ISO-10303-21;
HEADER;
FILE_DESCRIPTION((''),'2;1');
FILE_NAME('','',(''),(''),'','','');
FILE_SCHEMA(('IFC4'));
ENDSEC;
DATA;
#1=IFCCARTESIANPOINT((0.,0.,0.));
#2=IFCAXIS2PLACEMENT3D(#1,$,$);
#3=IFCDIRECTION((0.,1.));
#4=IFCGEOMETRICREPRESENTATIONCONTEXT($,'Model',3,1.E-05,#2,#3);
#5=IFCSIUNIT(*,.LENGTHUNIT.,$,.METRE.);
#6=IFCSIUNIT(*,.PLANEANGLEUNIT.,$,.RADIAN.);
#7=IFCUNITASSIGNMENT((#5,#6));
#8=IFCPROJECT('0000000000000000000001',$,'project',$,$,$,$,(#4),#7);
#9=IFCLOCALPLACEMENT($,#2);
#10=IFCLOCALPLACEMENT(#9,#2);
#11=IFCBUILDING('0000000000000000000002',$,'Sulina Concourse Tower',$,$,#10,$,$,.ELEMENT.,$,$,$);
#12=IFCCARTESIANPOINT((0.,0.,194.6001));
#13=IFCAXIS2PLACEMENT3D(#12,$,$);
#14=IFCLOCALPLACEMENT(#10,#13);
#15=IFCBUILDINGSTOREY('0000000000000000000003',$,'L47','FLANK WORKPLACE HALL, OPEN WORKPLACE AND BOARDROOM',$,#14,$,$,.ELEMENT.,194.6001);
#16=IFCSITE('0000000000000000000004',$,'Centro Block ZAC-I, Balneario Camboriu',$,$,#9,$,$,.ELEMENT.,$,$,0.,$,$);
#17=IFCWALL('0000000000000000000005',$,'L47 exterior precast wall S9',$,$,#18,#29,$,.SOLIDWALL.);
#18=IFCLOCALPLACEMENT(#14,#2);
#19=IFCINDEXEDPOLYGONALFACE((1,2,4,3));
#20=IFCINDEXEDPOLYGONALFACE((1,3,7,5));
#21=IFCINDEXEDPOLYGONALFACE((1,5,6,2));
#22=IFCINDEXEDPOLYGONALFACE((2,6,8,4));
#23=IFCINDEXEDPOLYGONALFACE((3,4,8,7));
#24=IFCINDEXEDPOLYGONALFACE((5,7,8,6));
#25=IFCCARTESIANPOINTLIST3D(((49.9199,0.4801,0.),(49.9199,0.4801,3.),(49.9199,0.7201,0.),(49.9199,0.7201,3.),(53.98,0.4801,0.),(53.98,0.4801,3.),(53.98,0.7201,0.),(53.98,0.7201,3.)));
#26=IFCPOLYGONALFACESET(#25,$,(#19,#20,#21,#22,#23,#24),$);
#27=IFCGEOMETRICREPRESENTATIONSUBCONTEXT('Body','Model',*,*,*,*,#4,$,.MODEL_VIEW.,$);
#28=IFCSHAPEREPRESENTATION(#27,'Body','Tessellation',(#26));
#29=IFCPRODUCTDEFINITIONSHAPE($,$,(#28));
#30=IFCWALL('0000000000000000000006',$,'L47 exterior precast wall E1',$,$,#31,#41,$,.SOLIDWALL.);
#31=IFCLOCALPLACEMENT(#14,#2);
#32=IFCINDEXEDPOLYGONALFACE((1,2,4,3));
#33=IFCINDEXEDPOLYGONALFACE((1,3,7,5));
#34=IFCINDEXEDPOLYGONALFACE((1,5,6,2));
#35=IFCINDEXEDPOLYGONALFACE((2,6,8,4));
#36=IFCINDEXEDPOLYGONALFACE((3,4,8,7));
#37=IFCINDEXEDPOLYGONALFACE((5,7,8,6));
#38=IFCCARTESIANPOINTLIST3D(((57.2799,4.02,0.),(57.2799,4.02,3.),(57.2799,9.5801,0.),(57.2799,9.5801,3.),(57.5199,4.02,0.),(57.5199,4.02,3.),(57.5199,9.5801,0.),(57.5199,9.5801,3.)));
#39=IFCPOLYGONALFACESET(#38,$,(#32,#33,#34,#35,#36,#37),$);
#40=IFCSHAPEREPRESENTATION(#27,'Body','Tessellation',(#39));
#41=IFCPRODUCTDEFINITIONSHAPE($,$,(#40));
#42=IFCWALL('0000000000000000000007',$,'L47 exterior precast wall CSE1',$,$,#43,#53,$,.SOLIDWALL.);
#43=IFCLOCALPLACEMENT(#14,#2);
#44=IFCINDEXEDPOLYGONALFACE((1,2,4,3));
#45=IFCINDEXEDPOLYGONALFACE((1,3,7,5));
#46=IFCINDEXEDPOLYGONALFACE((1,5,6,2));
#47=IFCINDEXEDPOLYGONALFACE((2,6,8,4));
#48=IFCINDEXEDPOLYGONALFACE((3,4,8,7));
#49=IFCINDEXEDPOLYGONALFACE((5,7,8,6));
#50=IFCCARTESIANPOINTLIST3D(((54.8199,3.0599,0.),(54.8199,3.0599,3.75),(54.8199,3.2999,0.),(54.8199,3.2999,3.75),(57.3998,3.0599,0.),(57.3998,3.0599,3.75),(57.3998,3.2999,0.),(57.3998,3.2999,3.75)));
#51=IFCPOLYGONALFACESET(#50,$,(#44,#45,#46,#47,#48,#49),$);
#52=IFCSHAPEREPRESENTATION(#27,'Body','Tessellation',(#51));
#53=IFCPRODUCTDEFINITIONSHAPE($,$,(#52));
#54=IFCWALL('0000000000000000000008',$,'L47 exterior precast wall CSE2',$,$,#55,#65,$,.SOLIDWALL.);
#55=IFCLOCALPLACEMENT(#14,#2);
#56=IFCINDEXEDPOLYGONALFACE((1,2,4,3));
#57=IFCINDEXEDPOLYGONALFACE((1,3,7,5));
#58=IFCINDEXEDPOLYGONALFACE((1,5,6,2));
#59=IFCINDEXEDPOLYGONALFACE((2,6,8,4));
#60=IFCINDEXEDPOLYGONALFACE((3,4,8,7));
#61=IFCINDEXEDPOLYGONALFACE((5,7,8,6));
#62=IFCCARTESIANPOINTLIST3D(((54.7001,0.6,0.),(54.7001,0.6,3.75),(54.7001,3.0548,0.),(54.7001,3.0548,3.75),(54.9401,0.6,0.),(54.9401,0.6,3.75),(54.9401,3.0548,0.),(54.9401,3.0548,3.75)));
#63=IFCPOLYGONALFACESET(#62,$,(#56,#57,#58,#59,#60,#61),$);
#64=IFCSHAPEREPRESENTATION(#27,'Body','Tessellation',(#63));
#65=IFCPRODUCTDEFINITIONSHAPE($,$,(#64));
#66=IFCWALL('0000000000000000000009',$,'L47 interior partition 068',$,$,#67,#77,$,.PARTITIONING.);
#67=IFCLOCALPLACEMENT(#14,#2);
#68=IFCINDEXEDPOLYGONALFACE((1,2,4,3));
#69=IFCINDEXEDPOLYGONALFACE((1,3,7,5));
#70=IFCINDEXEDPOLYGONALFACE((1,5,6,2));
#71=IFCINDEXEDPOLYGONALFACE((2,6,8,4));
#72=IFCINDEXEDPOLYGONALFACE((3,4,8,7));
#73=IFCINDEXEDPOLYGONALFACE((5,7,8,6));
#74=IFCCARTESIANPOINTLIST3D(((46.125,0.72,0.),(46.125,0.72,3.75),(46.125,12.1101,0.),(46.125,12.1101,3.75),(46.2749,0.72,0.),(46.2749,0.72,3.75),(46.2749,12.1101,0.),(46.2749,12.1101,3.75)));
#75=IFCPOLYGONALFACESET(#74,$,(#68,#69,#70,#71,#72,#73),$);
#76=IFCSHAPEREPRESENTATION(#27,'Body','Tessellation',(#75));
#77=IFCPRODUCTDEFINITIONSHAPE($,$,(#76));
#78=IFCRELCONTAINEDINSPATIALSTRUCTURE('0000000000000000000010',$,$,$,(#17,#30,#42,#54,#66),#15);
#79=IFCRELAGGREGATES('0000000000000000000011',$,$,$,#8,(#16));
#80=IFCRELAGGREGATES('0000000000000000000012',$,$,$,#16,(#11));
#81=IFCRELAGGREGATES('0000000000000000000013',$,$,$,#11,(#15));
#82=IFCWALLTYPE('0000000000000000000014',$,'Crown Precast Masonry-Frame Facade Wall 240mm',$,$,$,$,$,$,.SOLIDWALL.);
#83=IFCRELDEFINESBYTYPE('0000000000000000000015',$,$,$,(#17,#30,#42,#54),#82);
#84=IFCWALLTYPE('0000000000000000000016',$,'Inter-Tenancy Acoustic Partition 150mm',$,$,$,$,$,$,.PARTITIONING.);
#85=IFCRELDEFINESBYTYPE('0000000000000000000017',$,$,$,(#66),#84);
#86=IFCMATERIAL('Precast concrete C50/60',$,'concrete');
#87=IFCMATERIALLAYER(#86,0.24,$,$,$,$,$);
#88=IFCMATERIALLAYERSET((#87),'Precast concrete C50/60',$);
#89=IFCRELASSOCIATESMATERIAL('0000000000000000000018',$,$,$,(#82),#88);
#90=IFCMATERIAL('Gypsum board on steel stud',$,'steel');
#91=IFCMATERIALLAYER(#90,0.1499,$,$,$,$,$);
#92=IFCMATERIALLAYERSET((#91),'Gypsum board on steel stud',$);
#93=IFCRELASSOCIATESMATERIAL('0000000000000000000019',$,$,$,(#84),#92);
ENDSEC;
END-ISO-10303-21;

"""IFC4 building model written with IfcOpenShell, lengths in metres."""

from ifc_helpers import new_model, si_unit, direction, frame, frame_2d, origin, place, context, subcontext, project, spatial, rectangle, extrude, material, layer, layer_set, type_object, element, save


model = new_model("IFC4")

# Units and contexts
model_context = context("Model", 3, precision=1e-05, world=origin(), true_north=direction((0.0, 1.0)))
body_context = subcontext(model_context, "Body", "Model", "MODEL_VIEW")
ifc_project = project(units=[si_unit("LENGTHUNIT", "METRE"), si_unit("PLANEANGLEUNIT", "RADIAN")], contexts=[model_context])

# Site, building, storey
site_placement = place(None, origin())
site = spatial("IfcSite", under=ifc_project, at=site_placement, Name="Centro Block ZAC-I, Balneario Camboriu", CompositionType="ELEMENT", RefElevation=0.0)
building_placement = place(site_placement, origin())
building = spatial("IfcBuilding", under=site, at=building_placement, Name="Sulina Concourse Tower", CompositionType="ELEMENT")
storey_placement = place(building_placement, frame((0.0, 0.0, 194.6001)))
storey = spatial("IfcBuildingStorey", under=building, at=storey_placement, Name="L47", Description="FLANK WORKPLACE HALL, OPEN WORKPLACE AND BOARDROOM", CompositionType="ELEMENT", Elevation=194.6001)

# Walls
ifc_material_1 = material(Name="Precast concrete C50/60", Category="concrete")
ifc_layer_1 = layer(ifc_material_1, 0.24)
ifc_layer_set_1 = layer_set([ifc_layer_1], Name="Precast concrete C50/60")
wall_type_1 = type_object("IfcWallType", Name="Crown Precast Masonry-Frame Facade Wall 240mm", PredefinedType="SOLIDWALL", material=ifc_layer_set_1)
wall_1_placement = place(storey_placement, frame((53.98, 0.6001, 0.0), z_axis=(0.0, 0.0, 1.0), x_axis=(-1.0, 0.0, 0.0)))
element("IfcWall", 1, at=wall_1_placement, inside=storey, type_object=wall_type_1, Name="L47 exterior precast wall S9", PredefinedType="SOLIDWALL", context=body_context, shape_type="SweptSolid", body=[
    extrude(rectangle(XDim=4.0601, YDim=0.24, at=frame_2d((2.03, 0.0))), origin(), (0.0, 0.0, 1.0), 3.0),
])
wall_2_placement = place(storey_placement, frame((57.3999, 9.5801, 0.0), z_axis=(0.0, 0.0, 1.0), x_axis=(0.0, -1.0, 0.0)))
element("IfcWall", 2, at=wall_2_placement, inside=storey, type_object=wall_type_1, Name="L47 exterior precast wall E1", PredefinedType="SOLIDWALL", context=body_context, shape_type="SweptSolid", body=[
    extrude(rectangle(XDim=5.5601, YDim=0.24, at=frame_2d((2.78, 0.0))), origin(), (0.0, 0.0, 1.0), 3.0),
])
wall_3_placement = place(storey_placement, frame((57.3999, 3.1799, 0.0), z_axis=(0.0, 0.0, 1.0), x_axis=(-1.0, 0.0, 0.0)))
element("IfcWall", 3, at=wall_3_placement, inside=storey, type_object=wall_type_1, Name="L47 exterior precast wall CSE1", PredefinedType="SOLIDWALL", context=body_context, shape_type="SweptSolid", body=[
    extrude(rectangle(XDim=2.5798, YDim=0.24, at=frame_2d((1.29, 0.0))), origin(), (0.0, 0.0, 1.0), 3.75),
])
wall_4_placement = place(storey_placement, frame((54.8201, 3.0549, 0.0), z_axis=(0.0, 0.0, 1.0), x_axis=(0.0, -1.0, 0.0)))
element("IfcWall", 4, at=wall_4_placement, inside=storey, type_object=wall_type_1, Name="L47 exterior precast wall CSE2", PredefinedType="SOLIDWALL", context=body_context, shape_type="SweptSolid", body=[
    extrude(rectangle(XDim=2.4548, YDim=0.24, at=frame_2d((1.2275, 0.0))), origin(), (0.0, 0.0, 1.0), 3.75),
])
ifc_material_2 = material(Name="Gypsum board on steel stud", Category="steel")
ifc_layer_2 = layer(ifc_material_2, 0.1499)
ifc_layer_set_2 = layer_set([ifc_layer_2], Name="Gypsum board on steel stud")
wall_type_2 = type_object("IfcWallType", Name="Inter-Tenancy Acoustic Partition 150mm", PredefinedType="PARTITIONING", material=ifc_layer_set_2)
wall_5_placement = place(storey_placement, frame((46.2, 0.72, 0.0), z_axis=(0.0, 0.0, 1.0), x_axis=(0.0, 1.0, 0.0)))
element("IfcWall", 5, at=wall_5_placement, inside=storey, type_object=wall_type_2, Name="L47 interior partition 068", PredefinedType="PARTITIONING", context=body_context, shape_type="SweptSolid", body=[
    extrude(rectangle(XDim=11.3901, YDim=0.1499, at=frame_2d((5.6951, 0.0))), origin(), (0.0, 0.0, 1.0), 3.75),
])

save(model, "model.ifc")
